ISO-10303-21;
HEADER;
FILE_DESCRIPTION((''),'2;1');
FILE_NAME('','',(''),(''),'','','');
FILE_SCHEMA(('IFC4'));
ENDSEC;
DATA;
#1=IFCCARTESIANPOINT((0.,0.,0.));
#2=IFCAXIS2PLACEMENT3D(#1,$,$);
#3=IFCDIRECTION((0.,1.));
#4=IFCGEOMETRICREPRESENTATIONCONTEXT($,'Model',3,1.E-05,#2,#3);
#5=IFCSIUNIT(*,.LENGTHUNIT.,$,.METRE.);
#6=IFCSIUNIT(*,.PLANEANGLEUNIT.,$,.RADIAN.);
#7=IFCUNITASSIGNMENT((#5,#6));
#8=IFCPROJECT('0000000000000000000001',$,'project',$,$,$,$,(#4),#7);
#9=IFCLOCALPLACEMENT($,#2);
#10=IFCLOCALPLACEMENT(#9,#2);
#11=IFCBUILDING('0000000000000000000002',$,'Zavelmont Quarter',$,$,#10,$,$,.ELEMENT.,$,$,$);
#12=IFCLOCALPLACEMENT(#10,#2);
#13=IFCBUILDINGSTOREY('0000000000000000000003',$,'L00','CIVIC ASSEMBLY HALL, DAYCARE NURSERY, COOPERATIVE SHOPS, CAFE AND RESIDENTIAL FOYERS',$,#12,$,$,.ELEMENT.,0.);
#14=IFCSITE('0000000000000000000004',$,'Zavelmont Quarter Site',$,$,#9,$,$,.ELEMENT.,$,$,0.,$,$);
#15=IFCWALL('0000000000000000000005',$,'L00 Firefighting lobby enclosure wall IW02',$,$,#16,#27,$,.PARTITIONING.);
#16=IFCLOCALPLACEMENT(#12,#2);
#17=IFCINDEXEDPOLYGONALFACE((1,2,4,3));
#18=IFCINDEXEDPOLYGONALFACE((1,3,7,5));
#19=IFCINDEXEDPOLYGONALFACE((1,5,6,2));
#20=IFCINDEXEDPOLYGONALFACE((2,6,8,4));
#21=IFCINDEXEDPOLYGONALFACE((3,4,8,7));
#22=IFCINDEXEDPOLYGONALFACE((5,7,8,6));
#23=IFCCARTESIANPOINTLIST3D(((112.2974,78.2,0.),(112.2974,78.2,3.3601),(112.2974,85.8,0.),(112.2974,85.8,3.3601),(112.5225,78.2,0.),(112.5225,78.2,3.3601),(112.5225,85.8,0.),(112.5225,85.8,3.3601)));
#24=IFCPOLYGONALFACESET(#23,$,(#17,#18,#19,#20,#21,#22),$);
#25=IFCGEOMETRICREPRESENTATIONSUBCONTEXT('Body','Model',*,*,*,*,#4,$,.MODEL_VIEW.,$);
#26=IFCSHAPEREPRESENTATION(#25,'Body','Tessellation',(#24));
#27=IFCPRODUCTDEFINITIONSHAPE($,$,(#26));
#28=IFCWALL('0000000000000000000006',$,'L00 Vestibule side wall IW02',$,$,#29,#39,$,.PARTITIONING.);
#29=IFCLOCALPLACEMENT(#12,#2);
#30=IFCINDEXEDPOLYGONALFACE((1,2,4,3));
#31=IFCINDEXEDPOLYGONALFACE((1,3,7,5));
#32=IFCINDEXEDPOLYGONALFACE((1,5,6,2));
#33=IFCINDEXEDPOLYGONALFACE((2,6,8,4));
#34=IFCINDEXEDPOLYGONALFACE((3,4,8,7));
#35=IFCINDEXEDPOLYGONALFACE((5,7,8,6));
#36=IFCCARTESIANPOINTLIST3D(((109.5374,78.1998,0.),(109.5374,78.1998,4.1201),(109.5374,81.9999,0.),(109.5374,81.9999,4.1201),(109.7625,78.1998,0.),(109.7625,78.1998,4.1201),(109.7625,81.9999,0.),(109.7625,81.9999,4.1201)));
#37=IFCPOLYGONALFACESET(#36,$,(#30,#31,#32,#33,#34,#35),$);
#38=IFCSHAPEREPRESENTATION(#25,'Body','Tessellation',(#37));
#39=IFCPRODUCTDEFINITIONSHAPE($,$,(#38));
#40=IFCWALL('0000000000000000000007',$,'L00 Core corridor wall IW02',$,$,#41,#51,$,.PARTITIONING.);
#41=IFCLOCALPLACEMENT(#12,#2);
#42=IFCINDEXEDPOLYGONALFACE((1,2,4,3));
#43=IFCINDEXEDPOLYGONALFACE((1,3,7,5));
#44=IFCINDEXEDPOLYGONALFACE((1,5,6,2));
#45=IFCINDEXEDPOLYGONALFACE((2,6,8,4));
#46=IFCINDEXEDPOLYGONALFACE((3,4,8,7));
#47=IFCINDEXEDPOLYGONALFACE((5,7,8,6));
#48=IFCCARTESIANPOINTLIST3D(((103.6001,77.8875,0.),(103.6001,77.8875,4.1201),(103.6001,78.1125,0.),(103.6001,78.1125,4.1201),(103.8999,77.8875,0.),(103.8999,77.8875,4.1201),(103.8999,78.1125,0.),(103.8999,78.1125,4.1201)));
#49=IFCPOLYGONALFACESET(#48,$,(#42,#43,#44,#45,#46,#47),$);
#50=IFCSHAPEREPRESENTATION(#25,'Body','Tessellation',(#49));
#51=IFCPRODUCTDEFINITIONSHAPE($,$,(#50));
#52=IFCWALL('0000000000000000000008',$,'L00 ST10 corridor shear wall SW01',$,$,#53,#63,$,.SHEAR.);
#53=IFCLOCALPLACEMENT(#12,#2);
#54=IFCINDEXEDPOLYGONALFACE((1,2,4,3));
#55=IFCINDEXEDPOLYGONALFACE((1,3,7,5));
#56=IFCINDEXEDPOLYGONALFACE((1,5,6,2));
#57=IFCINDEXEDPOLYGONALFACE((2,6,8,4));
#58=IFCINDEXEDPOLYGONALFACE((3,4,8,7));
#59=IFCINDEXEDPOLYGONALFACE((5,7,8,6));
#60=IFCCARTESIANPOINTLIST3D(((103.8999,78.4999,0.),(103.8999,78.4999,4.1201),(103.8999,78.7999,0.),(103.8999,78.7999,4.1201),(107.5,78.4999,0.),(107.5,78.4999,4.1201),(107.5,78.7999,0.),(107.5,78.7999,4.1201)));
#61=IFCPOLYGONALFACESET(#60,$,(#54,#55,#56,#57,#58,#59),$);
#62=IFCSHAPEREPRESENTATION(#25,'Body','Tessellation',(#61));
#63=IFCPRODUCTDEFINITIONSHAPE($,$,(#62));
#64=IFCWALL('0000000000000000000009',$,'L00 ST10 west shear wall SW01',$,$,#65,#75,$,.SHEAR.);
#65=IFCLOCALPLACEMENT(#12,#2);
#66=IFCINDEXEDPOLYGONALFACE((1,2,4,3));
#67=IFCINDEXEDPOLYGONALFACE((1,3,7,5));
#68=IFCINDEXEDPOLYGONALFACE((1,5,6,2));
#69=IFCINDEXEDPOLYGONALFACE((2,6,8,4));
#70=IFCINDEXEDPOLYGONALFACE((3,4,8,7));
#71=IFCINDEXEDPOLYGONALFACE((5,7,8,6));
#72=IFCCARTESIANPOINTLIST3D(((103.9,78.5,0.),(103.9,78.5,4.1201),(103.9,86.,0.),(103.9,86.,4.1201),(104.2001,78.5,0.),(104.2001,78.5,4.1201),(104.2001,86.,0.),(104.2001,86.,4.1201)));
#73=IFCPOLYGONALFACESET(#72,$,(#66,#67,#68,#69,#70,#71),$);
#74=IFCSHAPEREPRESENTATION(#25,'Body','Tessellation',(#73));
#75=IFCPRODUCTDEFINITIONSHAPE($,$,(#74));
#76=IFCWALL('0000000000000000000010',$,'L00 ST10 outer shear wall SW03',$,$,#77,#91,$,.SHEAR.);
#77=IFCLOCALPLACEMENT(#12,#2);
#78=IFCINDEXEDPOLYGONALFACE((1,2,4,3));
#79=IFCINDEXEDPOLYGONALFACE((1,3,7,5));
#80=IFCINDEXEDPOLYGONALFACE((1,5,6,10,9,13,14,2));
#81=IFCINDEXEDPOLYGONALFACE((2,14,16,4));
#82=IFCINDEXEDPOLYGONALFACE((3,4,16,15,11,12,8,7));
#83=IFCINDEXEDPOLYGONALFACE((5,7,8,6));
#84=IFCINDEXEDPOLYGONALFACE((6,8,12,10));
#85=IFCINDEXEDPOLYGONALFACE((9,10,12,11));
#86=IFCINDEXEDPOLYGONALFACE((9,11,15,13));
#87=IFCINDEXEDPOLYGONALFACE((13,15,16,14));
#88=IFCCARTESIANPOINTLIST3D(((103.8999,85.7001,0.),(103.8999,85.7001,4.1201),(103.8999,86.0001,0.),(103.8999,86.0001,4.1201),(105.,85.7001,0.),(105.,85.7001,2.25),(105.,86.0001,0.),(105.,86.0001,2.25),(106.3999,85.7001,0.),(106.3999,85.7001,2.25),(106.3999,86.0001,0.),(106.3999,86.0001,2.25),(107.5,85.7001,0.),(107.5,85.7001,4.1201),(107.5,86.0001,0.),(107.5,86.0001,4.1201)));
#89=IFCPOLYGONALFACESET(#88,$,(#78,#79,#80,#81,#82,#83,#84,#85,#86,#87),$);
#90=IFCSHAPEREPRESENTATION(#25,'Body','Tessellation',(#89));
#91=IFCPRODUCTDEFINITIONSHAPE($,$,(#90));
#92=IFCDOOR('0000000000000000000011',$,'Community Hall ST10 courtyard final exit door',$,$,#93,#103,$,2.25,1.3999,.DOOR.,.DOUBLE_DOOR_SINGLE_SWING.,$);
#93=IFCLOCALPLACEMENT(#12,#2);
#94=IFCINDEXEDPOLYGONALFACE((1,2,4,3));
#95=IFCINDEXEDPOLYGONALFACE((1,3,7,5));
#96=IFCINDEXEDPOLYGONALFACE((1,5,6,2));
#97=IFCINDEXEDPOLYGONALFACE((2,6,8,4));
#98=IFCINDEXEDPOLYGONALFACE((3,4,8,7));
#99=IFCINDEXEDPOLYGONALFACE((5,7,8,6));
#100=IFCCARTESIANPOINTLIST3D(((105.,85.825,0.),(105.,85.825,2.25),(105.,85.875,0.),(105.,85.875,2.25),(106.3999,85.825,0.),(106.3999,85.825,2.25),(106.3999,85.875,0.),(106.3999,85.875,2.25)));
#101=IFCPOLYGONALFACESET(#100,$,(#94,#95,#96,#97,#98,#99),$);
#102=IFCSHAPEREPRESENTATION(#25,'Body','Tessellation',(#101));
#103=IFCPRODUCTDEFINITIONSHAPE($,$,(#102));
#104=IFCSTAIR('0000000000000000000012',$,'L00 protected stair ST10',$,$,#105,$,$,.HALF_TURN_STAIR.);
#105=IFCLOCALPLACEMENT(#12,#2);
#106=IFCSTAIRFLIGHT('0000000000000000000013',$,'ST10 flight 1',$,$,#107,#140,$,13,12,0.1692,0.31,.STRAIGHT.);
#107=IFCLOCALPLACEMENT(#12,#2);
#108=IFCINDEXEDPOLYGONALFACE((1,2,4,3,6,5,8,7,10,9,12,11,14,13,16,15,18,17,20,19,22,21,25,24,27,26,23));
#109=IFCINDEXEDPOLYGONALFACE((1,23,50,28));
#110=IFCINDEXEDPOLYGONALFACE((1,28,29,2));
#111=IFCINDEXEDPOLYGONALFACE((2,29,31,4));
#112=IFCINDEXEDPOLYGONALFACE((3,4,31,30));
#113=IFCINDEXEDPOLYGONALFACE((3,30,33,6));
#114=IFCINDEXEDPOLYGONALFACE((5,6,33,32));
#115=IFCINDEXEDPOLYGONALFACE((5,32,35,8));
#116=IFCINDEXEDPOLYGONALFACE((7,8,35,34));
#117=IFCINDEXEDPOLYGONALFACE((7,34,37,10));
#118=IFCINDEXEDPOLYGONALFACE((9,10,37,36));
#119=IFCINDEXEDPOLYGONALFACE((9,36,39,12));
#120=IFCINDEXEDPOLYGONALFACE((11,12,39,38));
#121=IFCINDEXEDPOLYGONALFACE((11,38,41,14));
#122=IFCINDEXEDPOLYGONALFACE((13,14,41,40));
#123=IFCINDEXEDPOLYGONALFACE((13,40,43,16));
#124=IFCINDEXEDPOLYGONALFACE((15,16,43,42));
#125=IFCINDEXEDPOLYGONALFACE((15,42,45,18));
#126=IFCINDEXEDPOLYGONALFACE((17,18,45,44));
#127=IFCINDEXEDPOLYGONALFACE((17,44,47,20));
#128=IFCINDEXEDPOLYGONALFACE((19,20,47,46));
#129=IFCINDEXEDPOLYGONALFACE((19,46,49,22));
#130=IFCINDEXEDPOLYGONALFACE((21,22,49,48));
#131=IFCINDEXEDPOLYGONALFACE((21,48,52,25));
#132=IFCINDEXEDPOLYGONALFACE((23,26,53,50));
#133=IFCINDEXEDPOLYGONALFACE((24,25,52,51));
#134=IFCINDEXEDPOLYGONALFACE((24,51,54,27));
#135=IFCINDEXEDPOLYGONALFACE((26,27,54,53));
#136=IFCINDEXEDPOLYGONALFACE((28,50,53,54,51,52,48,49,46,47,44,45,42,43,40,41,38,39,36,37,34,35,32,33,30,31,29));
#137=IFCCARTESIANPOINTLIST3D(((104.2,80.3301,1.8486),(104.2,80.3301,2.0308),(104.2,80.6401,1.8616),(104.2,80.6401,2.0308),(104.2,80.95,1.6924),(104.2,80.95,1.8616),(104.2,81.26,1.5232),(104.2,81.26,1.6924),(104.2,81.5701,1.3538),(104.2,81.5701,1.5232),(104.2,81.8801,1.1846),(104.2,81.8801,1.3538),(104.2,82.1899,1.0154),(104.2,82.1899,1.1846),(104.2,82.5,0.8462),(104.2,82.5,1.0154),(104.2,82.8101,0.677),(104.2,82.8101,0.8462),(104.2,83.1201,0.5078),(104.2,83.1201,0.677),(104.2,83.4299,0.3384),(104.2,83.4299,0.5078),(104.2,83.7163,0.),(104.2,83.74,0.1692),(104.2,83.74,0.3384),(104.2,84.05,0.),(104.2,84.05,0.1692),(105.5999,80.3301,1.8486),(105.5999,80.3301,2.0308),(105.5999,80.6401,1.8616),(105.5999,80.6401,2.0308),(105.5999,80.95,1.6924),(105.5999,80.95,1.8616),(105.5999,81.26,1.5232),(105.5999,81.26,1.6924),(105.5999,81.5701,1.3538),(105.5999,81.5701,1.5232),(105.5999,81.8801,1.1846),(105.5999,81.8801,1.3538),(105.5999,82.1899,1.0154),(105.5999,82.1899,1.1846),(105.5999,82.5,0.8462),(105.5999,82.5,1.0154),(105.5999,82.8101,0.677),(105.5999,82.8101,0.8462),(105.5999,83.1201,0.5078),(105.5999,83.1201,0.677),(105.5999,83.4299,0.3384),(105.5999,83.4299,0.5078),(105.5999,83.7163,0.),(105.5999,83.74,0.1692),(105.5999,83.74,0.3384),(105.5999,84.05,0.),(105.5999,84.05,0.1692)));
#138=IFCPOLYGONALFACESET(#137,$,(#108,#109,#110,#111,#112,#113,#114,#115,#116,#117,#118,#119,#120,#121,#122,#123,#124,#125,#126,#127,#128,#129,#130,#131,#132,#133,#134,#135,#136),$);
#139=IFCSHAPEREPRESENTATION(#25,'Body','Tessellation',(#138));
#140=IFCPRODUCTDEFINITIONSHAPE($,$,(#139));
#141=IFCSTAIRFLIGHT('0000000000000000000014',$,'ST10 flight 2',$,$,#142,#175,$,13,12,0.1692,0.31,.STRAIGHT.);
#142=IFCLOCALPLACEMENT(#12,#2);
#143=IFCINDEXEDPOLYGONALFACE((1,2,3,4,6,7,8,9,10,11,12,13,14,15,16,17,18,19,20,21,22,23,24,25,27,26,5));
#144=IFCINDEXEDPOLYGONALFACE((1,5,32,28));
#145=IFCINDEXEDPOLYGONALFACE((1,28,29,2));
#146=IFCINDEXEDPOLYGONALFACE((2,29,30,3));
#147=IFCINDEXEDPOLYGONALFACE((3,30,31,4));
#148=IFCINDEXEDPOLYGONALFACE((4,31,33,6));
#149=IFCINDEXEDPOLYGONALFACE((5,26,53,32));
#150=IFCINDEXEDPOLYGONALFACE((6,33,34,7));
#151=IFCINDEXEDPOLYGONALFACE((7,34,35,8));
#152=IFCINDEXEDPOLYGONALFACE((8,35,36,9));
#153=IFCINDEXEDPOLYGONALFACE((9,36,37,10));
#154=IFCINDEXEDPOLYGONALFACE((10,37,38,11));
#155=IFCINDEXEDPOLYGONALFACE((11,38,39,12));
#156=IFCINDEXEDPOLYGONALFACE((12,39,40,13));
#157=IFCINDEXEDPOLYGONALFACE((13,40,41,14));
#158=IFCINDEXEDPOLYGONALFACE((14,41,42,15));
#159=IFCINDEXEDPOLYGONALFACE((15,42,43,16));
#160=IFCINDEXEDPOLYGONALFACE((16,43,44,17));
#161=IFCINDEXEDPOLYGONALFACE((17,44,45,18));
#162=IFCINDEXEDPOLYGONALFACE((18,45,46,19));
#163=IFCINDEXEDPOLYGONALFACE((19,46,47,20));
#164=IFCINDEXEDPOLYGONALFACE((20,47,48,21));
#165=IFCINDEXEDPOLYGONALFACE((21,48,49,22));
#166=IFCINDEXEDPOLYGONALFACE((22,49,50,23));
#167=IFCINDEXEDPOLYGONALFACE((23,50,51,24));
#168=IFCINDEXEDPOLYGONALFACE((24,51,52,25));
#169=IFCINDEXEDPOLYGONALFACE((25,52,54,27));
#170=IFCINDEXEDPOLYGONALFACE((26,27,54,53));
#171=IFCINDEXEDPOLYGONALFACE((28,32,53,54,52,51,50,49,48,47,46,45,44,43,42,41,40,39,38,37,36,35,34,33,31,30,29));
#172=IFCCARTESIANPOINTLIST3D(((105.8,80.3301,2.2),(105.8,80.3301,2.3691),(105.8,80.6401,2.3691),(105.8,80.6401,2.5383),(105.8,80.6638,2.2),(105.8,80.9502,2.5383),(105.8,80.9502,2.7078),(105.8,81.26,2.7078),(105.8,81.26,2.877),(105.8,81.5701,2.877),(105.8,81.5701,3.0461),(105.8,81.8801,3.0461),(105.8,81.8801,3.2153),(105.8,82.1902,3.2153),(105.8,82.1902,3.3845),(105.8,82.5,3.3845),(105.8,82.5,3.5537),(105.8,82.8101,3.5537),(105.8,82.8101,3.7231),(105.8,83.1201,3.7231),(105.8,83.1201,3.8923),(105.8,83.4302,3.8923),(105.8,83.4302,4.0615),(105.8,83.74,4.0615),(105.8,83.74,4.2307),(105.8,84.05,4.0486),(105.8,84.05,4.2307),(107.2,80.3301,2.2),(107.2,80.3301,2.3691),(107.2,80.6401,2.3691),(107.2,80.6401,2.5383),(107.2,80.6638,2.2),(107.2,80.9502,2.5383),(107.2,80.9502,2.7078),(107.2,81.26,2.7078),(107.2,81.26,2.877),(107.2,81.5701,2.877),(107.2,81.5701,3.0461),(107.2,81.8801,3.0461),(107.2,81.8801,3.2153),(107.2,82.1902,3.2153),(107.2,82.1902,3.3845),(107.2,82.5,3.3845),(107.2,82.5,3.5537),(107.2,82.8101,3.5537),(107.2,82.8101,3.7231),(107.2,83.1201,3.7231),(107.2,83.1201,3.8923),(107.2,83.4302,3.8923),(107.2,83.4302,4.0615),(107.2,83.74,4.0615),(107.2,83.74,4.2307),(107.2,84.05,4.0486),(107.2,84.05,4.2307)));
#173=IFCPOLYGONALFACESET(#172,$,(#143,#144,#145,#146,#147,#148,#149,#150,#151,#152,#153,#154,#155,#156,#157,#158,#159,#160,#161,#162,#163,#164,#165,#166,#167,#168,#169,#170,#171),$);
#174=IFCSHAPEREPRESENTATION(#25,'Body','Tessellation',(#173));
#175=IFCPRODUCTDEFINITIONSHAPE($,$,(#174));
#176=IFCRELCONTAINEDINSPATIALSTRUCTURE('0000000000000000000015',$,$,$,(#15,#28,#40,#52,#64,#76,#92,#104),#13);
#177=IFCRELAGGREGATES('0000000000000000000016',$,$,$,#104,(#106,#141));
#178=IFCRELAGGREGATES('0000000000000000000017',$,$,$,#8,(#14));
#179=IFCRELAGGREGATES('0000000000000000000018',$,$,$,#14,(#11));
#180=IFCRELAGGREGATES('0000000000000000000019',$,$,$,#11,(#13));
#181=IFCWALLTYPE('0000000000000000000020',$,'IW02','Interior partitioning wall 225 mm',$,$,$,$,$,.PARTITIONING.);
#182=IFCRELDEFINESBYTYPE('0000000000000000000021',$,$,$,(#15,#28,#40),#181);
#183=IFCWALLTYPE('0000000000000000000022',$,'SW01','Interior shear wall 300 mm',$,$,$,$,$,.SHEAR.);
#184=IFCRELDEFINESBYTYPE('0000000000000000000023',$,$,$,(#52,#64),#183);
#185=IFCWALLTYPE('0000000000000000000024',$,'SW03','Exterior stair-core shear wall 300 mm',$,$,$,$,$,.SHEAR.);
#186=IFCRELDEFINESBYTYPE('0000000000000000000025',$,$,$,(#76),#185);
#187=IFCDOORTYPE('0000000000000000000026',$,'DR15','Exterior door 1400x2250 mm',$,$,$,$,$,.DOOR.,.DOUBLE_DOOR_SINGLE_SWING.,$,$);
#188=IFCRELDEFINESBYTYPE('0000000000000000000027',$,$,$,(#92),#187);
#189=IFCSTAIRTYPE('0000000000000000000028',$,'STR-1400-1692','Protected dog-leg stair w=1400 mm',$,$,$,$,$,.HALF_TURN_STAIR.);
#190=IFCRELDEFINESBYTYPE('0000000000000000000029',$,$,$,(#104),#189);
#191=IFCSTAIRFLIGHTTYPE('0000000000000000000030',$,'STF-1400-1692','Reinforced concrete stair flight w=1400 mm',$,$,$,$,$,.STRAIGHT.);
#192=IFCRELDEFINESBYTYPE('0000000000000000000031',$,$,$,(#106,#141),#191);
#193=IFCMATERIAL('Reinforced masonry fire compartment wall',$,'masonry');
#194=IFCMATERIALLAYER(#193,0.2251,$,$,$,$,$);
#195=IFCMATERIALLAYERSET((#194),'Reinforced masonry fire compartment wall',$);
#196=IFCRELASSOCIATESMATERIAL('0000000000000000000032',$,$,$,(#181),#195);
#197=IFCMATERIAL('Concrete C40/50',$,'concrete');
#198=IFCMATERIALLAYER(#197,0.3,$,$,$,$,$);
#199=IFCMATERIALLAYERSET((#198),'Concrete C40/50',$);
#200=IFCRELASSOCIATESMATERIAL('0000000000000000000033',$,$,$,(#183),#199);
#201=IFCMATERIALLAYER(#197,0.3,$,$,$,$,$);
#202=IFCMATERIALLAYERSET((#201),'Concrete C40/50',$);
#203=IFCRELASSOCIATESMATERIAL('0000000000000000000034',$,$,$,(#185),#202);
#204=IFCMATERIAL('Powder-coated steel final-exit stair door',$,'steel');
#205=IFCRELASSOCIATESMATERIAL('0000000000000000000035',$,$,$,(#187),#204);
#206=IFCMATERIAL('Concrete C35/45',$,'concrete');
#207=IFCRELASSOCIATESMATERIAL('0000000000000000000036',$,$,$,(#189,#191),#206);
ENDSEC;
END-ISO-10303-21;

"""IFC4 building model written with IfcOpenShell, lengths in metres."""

from ifc_helpers import new_model, si_unit, direction, frame, frame_2d, origin, origin_with_axes, place, context, subcontext, project, spatial, polyline, rectangle, outline, extrude, material, layer, layer_set, type_object, element, fill, aggregate, save


model = new_model("IFC4")

# Units and contexts
model_context = context("Model", 3, precision=1e-05, world=origin(), true_north=direction((0.0, 1.0)))
body_context = subcontext(model_context, "Body", "Model", "MODEL_VIEW")
ifc_project = project(units=[si_unit("LENGTHUNIT", "METRE"), si_unit("PLANEANGLEUNIT", "RADIAN")], contexts=[model_context])

# Site, building, storey
site_placement = place(None, origin())
site = spatial("IfcSite", under=ifc_project, at=site_placement, Name="Zavelmont Quarter Site", CompositionType="ELEMENT", RefElevation=0.0)
building_placement = place(site_placement, origin())
building = spatial("IfcBuilding", under=site, at=building_placement, Name="Zavelmont Quarter", CompositionType="ELEMENT")
storey_placement = place(building_placement, origin())
storey = spatial("IfcBuildingStorey", under=building, at=storey_placement, Name="L00", Description="CIVIC ASSEMBLY HALL, DAYCARE NURSERY, COOPERATIVE SHOPS, CAFE AND RESIDENTIAL FOYERS", CompositionType="ELEMENT", Elevation=0.0)

# Shared definitions
ifc_material_1 = material(Name="Concrete C40/50", Category="concrete")

# Shared definitions
ifc_material_2 = material(Name="Concrete C35/45", Category="concrete")

# Walls
ifc_material_3 = material(Name="Reinforced masonry fire compartment wall", Category="masonry")
ifc_layer_1 = layer(ifc_material_3, 0.2251)
ifc_layer_set_1 = layer_set([ifc_layer_1], Name="Reinforced masonry fire compartment wall")
wall_type_1 = type_object("IfcWallType", Name="IW02", Description="Interior partitioning wall 225 mm", PredefinedType="PARTITIONING", material=ifc_layer_set_1)
wall_1_placement = place(storey_placement, frame((112.4099, 78.2, 0.0), z_axis=(0.0, 0.0, 1.0), x_axis=(0.0, 1.0, 0.0)))
element("IfcWall", 1, at=wall_1_placement, inside=storey, type_object=wall_type_1, Name="L00 Firefighting lobby enclosure wall IW02", PredefinedType="PARTITIONING", context=body_context, shape_type="SweptSolid", body=[
    extrude(rectangle(XDim=7.6001, YDim=0.2251, at=frame_2d((3.8, 0.0))), origin(), (0.0, 0.0, 1.0), 3.3601),
])
wall_2_placement = place(storey_placement, frame((109.6499, 78.2, 0.0), z_axis=(0.0, 0.0, 1.0), x_axis=(0.0, 1.0, 0.0)))
element("IfcWall", 2, at=wall_2_placement, inside=storey, type_object=wall_type_1, Name="L00 Vestibule side wall IW02", PredefinedType="PARTITIONING", context=body_context, shape_type="SweptSolid", body=[
    extrude(rectangle(XDim=3.8, YDim=0.2251, at=frame_2d((1.8999, 0.0))), origin(), (0.0, 0.0, 1.0), 4.1201),
])

# Wall
wall_3_placement = place(storey_placement, frame((103.6001, 78.0, 0.0), z_axis=(0.0, 0.0, 1.0), x_axis=(1.0, 0.0, 0.0)))
element("IfcWall", 3, at=wall_3_placement, inside=storey, type_object=wall_type_1, Name="L00 Core corridor wall IW02", PredefinedType="PARTITIONING", context=body_context, shape_type="SweptSolid", body=[
    extrude(rectangle(XDim=0.2998, YDim=0.2251, at=frame_2d((0.1499, 0.0))), origin(), (0.0, 0.0, 1.0), 4.1201),
])

# Walls
ifc_layer_2 = layer(ifc_material_1, 0.3)
ifc_layer_set_2 = layer_set([ifc_layer_2], Name="Concrete C40/50")
wall_type_2 = type_object("IfcWallType", Name="SW01", Description="Interior shear wall 300 mm", PredefinedType="SHEAR", material=ifc_layer_set_2)
wall_4_placement = place(storey_placement, frame((103.8999, 78.6499, 0.0), z_axis=(0.0, 0.0, 1.0), x_axis=(1.0, 0.0, 0.0)))
element("IfcWall", 4, at=wall_4_placement, inside=storey, type_object=wall_type_2, Name="L00 ST10 corridor shear wall SW01", PredefinedType="SHEAR", context=body_context, shape_type="SweptSolid", body=[
    extrude(rectangle(XDim=3.6001, YDim=0.3, at=frame_2d((1.8, 0.0))), origin(), (0.0, 0.0, 1.0), 4.1201),
])
wall_5_placement = place(storey_placement, frame((104.05, 78.5, 0.0), z_axis=(0.0, 0.0, 1.0), x_axis=(0.0, 1.0, 0.0)))
element("IfcWall", 5, at=wall_5_placement, inside=storey, type_object=wall_type_2, Name="L00 ST10 west shear wall SW01", PredefinedType="SHEAR", context=body_context, shape_type="SweptSolid", body=[
    extrude(rectangle(XDim=7.5, YDim=0.3, at=frame_2d((3.75, 0.0))), origin(), (0.0, 0.0, 1.0), 4.1201),
])

# Wall, opening, door
ifc_layer_3 = layer(ifc_material_1, 0.3)
ifc_layer_set_3 = layer_set([ifc_layer_3], Name="Concrete C40/50")
wall_type_3 = type_object("IfcWallType", Name="SW03", Description="Exterior stair-core shear wall 300 mm", PredefinedType="SHEAR", material=ifc_layer_set_3)
wall_6_placement = place(storey_placement, frame((103.8999, 85.8501, 0.0), z_axis=(0.0, 0.0, 1.0), x_axis=(1.0, 0.0, 0.0)))
wall_6 = element("IfcWall", 6, at=wall_6_placement, inside=storey, type_object=wall_type_3, Name="L00 ST10 outer shear wall SW03", PredefinedType="SHEAR", context=body_context, shape_type="SweptSolid", body=[
    extrude(rectangle(XDim=3.6001, YDim=0.3, at=frame_2d((1.8, 0.0))), origin(), (0.0, 0.0, 1.0), 4.1201),
])
opening_1_placement = place(wall_6_placement, frame((1.1001, 0.0, 0.0)))
opening_1 = element("IfcOpeningElement", 7, at=opening_1_placement, cuts=wall_6, PredefinedType="OPENING", context=body_context, shape_type="SweptSolid", body=[
    extrude(rectangle(XDim=1.3999, YDim=2.25, at=frame_2d((0.7, 1.125))), frame((0.0, 0.1621, 0.0), z_axis=(0.0, -1.0, 0.0), x_axis=(1.0, 0.0, 0.0)), (0.0, 0.0, 1.0), 0.324),
])
ifc_material_4 = material(Name="Powder-coated steel final-exit stair door", Category="steel")
door_type_1 = type_object("IfcDoorType", Name="DR15", Description="Exterior door 1400x2250 mm", OperationType="DOUBLE_DOOR_SINGLE_SWING", PredefinedType="DOOR", material=ifc_material_4)
door_1_placement = place(opening_1_placement, origin_with_axes())
door_1 = element("IfcDoor", 8, at=door_1_placement, inside=storey, type_object=door_type_1, Name="Community Hall ST10 courtyard final exit door", OperationType="DOUBLE_DOOR_SINGLE_SWING", OverallHeight=2.25, OverallWidth=1.3999, PredefinedType="DOOR", context=body_context, shape_type="SweptSolid", body=[
    extrude(rectangle(XDim=1.3999, YDim=2.25, at=frame_2d((0.7, 1.125))), frame((0.0, 0.0249, 0.0), z_axis=(0.0, -1.0, 0.0), x_axis=(1.0, 0.0, 0.0)), (0.0, 0.0, 1.0), 0.05),
])
fill(opening_1, door_1)

# Stair, stair flights
stair_type = type_object("IfcStairType", Name="STR-1400-1692", Description="Protected dog-leg stair w=1400 mm", PredefinedType="HALF_TURN_STAIR", material=ifc_material_2)
stair_placement = place(storey_placement, origin())
stair = element("IfcStair", 9, at=stair_placement, inside=storey, type_object=stair_type, Name="L00 protected stair ST10", PredefinedType="HALF_TURN_STAIR")
stair_flight_type = type_object("IfcStairFlightType", Name="STF-1400-1692", Description="Reinforced concrete stair flight w=1400 mm", PredefinedType="STRAIGHT", material=ifc_material_2)
stair_flight_1_placement = place(storey_placement, frame((104.8999, 84.05, 0.0), z_axis=(0.0, 0.0, 1.0), x_axis=(0.0, -1.0, 0.0)))
stair_flight_1 = element("IfcStairFlight", 10, at=stair_flight_1_placement, type_object=stair_flight_type, Name="ST10 flight 1", NumberOfRisers=13, NumberOfTreads=12, PredefinedType="STRAIGHT", RiserHeight=0.1692, TreadLength=0.31, context=body_context, shape_type="SweptSolid", body=[
    extrude(outline(polyline([(0.0, 0.0), (0.0, 0.1692), (0.3101, 0.1692), (0.3101, 0.3384), (0.6201, 0.3384), (0.6201, 0.5078), (0.9299, 0.5078), (0.9299, 0.677), (1.24, 0.677), (1.24, 0.8462), (1.55, 0.8462), (1.55, 1.0154), (1.8601, 1.0154), (1.8601, 1.1846), (2.1699, 1.1846), (2.1699, 1.3538), (2.48, 1.3538), (2.48, 1.5232), (2.79, 1.5232), (2.79, 1.6924), (3.1001, 1.6924), (3.1001, 1.8616), (3.4099, 1.8616), (3.4099, 2.0308), (3.72, 2.0308), (3.72, 2.2), (3.72, 1.8486), (0.3337, 0.0), (0.0, 0.0)])), frame((0.0, 0.7, 0.0), z_axis=(0.0, -1.0, 0.0), x_axis=(1.0, 0.0, 0.0)), (0.0, 0.0, 1.0), 1.3999),
])
stair_flight_2_placement = place(storey_placement, frame((106.5, 80.3301, 2.2), z_axis=(0.0, 0.0, 1.0), x_axis=(0.0, 1.0, 0.0)))
stair_flight_2 = element("IfcStairFlight", 11, at=stair_flight_2_placement, type_object=stair_flight_type, Name="ST10 flight 2", NumberOfRisers=13, NumberOfTreads=12, PredefinedType="STRAIGHT", RiserHeight=0.1692, TreadLength=0.31, context=body_context, shape_type="SweptSolid", body=[
    extrude(outline(polyline([(0.0, 0.0), (0.0, 0.1692), (0.3101, 0.1692), (0.3101, 0.3384), (0.6201, 0.3384), (0.6201, 0.5078), (0.9299, 0.5078), (0.9299, 0.677), (1.24, 0.677), (1.24, 0.8462), (1.55, 0.8462), (1.55, 1.0154), (1.8601, 1.0154), (1.8601, 1.1846), (2.1699, 1.1846), (2.1699, 1.3538), (2.48, 1.3538), (2.48, 1.5232), (2.79, 1.5232), (2.79, 1.6924), (3.1001, 1.6924), (3.1001, 1.8616), (3.4099, 1.8616), (3.4099, 2.0308), (3.72, 2.0308), (3.72, 2.2), (3.72, 1.8486), (0.3337, 0.0), (0.0, 0.0)])), frame((0.0, 0.7, 0.0), z_axis=(0.0, -1.0, 0.0), x_axis=(1.0, 0.0, 0.0)), (0.0, 0.0, 1.0), 1.3999),
])
aggregate(stair, [stair_flight_1, stair_flight_2])

save(model, "model.ifc")
